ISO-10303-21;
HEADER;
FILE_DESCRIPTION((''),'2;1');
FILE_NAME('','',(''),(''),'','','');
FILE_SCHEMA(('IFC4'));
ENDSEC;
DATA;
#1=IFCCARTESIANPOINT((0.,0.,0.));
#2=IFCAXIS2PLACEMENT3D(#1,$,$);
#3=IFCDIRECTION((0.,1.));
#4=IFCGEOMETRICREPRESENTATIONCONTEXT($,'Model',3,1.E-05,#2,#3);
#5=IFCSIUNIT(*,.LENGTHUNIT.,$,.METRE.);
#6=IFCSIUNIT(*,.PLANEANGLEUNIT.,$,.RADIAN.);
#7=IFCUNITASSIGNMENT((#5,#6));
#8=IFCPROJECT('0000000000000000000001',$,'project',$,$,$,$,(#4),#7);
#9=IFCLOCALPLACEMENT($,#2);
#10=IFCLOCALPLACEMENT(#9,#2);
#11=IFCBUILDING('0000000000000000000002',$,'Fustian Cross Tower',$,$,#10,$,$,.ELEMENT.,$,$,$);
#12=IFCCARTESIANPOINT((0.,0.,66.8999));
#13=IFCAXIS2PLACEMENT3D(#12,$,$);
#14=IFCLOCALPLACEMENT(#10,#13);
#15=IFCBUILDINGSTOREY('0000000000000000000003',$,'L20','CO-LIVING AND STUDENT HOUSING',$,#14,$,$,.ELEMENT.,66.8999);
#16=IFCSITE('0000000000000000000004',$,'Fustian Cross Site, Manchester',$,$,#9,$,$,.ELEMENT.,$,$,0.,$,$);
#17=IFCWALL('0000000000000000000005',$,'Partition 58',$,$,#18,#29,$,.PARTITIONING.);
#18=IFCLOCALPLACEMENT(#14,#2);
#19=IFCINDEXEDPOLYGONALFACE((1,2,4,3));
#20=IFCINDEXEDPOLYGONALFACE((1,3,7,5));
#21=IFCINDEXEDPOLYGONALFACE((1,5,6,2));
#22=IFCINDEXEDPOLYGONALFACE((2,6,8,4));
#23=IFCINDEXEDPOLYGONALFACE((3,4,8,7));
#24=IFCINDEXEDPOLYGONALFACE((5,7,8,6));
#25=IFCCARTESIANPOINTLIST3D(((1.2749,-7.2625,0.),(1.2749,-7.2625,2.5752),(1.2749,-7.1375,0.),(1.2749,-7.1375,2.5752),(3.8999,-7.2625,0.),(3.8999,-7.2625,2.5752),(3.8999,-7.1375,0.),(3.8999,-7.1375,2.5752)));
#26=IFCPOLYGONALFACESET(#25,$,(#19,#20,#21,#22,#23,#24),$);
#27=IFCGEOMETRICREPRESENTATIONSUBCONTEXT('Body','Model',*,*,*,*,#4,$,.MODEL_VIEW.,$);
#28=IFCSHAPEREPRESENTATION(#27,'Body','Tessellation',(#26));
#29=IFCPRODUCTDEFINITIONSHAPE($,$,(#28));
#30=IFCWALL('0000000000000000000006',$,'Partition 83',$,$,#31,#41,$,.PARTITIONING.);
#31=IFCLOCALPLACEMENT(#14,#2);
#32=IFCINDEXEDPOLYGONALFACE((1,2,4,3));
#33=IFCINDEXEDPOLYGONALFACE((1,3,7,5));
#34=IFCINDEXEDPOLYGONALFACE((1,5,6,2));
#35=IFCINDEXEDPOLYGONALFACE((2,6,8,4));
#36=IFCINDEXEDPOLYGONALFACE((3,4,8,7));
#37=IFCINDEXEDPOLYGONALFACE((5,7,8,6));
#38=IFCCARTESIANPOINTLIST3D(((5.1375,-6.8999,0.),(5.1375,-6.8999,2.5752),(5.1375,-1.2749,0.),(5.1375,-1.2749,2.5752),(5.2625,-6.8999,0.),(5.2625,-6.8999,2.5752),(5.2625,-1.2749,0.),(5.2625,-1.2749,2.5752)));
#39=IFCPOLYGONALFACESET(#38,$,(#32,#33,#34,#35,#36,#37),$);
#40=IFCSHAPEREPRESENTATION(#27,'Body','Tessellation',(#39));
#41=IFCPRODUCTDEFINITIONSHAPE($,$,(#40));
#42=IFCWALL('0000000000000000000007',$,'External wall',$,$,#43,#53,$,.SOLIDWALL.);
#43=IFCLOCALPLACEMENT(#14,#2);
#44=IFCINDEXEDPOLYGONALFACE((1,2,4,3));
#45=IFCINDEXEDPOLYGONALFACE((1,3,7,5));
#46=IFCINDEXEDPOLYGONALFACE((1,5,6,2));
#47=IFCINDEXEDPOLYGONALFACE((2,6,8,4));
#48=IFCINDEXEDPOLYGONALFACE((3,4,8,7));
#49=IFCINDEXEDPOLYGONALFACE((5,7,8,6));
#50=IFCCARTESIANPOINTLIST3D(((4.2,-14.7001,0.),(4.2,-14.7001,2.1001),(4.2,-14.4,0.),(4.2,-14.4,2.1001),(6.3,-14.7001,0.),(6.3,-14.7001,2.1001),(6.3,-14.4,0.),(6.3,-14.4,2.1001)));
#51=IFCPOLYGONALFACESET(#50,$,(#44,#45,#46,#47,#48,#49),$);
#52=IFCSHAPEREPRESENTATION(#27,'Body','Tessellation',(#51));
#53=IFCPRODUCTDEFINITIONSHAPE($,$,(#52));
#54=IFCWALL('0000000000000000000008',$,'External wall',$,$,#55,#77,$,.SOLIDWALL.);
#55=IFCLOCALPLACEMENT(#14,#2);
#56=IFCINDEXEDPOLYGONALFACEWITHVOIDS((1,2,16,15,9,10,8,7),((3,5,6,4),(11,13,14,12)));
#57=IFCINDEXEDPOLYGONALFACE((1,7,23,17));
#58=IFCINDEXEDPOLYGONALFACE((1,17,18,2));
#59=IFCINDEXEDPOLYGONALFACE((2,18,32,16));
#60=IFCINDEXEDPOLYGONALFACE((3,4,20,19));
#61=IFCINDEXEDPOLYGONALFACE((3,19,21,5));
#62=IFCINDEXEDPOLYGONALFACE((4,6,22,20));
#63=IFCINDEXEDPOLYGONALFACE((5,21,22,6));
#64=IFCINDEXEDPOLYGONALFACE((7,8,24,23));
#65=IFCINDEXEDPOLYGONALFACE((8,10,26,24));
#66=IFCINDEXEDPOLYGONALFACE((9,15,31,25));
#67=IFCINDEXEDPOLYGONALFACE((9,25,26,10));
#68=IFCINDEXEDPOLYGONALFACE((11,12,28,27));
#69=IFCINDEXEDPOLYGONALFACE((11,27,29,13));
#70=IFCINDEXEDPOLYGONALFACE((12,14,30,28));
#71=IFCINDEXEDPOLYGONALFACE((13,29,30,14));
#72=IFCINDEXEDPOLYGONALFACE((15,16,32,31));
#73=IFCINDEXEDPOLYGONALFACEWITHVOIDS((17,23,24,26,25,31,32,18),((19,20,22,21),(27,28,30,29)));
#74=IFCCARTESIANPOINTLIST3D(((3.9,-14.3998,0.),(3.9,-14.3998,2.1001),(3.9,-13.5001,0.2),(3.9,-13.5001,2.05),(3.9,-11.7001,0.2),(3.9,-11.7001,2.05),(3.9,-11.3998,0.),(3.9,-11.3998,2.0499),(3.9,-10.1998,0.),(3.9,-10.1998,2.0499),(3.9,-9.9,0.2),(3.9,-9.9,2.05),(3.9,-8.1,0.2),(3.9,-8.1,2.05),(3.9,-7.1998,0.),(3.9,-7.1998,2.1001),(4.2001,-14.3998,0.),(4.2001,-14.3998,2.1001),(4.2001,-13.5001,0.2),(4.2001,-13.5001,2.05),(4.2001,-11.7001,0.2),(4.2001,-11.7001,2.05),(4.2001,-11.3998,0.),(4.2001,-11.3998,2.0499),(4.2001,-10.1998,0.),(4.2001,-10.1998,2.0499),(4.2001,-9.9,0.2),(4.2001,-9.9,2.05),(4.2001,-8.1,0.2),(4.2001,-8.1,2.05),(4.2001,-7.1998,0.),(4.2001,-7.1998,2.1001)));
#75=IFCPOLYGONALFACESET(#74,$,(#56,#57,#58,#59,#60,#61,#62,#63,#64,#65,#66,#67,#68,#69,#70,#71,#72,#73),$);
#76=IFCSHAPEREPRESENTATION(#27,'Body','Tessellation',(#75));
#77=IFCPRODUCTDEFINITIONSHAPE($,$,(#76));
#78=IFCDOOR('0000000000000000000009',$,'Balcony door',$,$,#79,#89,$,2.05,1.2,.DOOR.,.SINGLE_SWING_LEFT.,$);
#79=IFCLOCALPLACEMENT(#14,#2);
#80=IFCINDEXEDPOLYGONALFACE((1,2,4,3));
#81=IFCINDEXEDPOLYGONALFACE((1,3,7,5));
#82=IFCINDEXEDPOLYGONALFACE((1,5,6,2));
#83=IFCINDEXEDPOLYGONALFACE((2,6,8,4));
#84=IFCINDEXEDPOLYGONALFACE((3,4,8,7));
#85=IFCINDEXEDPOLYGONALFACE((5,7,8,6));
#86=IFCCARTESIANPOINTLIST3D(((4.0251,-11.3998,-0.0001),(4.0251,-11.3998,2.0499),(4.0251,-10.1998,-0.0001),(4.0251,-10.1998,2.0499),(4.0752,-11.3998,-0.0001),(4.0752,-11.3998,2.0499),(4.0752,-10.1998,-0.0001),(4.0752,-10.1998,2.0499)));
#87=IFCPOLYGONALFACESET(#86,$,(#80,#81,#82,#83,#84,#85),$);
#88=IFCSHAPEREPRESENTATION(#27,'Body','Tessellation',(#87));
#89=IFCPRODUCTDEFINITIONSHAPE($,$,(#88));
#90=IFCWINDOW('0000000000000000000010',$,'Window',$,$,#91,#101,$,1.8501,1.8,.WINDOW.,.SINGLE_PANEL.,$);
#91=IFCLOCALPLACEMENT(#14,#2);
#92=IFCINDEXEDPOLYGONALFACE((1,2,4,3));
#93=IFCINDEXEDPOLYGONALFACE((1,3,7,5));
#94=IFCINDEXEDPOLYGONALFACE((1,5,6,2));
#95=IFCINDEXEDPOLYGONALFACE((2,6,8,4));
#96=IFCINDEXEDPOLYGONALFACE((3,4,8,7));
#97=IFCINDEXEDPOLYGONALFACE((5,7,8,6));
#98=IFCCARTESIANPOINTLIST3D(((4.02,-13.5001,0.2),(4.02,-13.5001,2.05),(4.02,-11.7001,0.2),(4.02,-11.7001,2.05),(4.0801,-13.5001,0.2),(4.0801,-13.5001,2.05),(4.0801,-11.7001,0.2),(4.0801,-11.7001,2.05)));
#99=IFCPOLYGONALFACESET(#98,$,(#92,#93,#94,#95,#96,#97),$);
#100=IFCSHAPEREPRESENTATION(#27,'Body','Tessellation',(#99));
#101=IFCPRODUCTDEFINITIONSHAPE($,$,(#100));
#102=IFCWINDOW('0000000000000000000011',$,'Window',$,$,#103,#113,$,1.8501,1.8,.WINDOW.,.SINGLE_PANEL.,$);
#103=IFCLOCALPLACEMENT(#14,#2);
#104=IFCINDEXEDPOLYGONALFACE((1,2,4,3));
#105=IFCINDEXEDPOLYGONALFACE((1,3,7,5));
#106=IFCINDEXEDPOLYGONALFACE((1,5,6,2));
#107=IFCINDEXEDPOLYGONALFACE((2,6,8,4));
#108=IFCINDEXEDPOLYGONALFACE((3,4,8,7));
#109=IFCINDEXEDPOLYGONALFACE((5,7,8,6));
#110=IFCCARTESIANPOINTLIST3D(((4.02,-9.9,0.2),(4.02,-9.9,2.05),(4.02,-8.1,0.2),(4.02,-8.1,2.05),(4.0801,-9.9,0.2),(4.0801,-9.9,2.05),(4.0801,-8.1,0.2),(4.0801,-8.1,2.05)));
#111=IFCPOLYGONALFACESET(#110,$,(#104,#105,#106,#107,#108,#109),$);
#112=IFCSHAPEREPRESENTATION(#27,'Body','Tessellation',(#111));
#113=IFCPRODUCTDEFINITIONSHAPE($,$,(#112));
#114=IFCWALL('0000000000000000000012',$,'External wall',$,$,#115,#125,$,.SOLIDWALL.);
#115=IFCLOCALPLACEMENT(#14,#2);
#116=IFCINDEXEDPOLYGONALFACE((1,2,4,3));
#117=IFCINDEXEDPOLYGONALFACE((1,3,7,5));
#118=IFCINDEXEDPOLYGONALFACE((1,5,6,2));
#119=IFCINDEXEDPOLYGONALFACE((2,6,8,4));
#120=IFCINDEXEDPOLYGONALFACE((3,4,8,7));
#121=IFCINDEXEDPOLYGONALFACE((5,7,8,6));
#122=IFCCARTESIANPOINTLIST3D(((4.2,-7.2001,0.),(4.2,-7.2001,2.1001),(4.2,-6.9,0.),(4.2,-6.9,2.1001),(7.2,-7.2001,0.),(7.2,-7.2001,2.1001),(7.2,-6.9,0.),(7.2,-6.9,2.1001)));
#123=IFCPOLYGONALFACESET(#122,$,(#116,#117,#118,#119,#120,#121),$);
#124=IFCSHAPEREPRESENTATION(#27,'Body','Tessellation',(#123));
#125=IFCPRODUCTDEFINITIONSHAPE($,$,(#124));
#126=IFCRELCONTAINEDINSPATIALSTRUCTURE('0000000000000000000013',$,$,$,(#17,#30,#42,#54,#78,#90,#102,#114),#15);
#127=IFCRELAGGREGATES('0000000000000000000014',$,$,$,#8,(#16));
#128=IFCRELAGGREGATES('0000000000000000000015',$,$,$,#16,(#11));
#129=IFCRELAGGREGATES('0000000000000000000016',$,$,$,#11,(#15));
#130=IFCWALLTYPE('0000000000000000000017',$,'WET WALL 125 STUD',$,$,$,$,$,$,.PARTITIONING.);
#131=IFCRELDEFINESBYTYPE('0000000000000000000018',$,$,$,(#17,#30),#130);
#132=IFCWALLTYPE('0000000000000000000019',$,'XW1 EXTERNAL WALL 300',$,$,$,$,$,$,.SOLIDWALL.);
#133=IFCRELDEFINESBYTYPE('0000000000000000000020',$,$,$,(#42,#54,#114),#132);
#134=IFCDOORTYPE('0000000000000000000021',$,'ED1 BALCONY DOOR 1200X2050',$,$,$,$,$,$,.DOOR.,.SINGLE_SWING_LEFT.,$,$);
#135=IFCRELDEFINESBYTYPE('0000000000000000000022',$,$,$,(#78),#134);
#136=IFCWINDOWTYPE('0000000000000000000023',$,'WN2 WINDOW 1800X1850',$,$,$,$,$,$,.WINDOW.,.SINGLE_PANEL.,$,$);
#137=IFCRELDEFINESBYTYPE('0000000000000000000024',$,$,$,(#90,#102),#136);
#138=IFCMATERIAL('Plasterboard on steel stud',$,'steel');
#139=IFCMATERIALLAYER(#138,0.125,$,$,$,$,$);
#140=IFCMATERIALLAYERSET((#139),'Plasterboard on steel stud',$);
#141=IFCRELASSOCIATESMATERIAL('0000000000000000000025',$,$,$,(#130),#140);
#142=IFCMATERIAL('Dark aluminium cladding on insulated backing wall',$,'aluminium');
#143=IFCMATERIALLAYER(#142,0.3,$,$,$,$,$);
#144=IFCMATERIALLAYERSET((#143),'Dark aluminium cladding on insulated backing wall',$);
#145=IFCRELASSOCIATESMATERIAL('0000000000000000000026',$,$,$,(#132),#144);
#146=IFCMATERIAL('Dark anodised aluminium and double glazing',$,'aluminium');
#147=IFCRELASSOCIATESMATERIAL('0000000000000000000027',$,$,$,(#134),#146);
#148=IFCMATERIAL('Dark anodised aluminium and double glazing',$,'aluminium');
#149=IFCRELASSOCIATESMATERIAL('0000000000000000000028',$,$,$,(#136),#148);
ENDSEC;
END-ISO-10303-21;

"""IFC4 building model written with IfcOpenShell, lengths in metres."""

from ifc_helpers import new_model, si_unit, direction, frame, frame_2d, origin, place, context, subcontext, project, spatial, rectangle, extrude, material, layer, layer_set, type_object, element, fill, save


model = new_model("IFC4")

# Units and contexts
model_context = context("Model", 3, precision=1e-05, world=origin(), true_north=direction((0.0, 1.0)))
body_context = subcontext(model_context, "Body", "Model", "MODEL_VIEW")
ifc_project = project(units=[si_unit("LENGTHUNIT", "METRE"), si_unit("PLANEANGLEUNIT", "RADIAN")], contexts=[model_context])

# Site, building, storey
site_placement = place(None, origin())
site = spatial("IfcSite", under=ifc_project, at=site_placement, Name="Fustian Cross Site, Manchester", CompositionType="ELEMENT", RefElevation=0.0)
building_placement = place(site_placement, origin())
building = spatial("IfcBuilding", under=site, at=building_placement, Name="Fustian Cross Tower", CompositionType="ELEMENT")
storey_placement = place(building_placement, frame((0.0, 0.0, 66.8999)))
storey = spatial("IfcBuildingStorey", under=building, at=storey_placement, Name="L20", Description="CO-LIVING AND STUDENT HOUSING", CompositionType="ELEMENT", Elevation=66.8999)

# Walls
ifc_material_1 = material(Name="Plasterboard on steel stud", Category="steel")
ifc_layer_1 = layer(ifc_material_1, 0.125)
ifc_layer_set_1 = layer_set([ifc_layer_1], Name="Plasterboard on steel stud")
wall_type_1 = type_object("IfcWallType", Name="WET WALL 125 STUD", PredefinedType="PARTITIONING", material=ifc_layer_set_1)
wall_1_placement = place(storey_placement, frame((1.2749, -7.2, 0.0), z_axis=(0.0, 0.0, 1.0), x_axis=(1.0, 0.0, 0.0)))
element("IfcWall", 1, at=wall_1_placement, inside=storey, type_object=wall_type_1, Name="Partition 58", PredefinedType="PARTITIONING", context=body_context, shape_type="SweptSolid", body=[
    extrude(rectangle(XDim=2.625, YDim=0.125, at=frame_2d((1.3125, 0.0))), origin(), (0.0, 0.0, 1.0), 2.5752),
])
wall_2_placement = place(storey_placement, frame((5.2, -6.8999, 0.0), z_axis=(0.0, 0.0, 1.0), x_axis=(0.0, 1.0, 0.0)))
element("IfcWall", 2, at=wall_2_placement, inside=storey, type_object=wall_type_1, Name="Partition 83", PredefinedType="PARTITIONING", context=body_context, shape_type="SweptSolid", body=[
    extrude(rectangle(XDim=5.625, YDim=0.125, at=frame_2d((2.8125, 0.0))), origin(), (0.0, 0.0, 1.0), 2.5752),
])
ifc_material_2 = material(Name="Dark aluminium cladding on insulated backing wall", Category="aluminium")
ifc_layer_2 = layer(ifc_material_2, 0.3)
ifc_layer_set_2 = layer_set([ifc_layer_2], Name="Dark aluminium cladding on insulated backing wall")
wall_type_2 = type_object("IfcWallType", Name="XW1 EXTERNAL WALL 300", PredefinedType="SOLIDWALL", material=ifc_layer_set_2)
wall_3_placement = place(storey_placement, frame((6.3, -14.55, 0.0), z_axis=(0.0, 0.0, 1.0), x_axis=(-1.0, 0.0, 0.0)))
element("IfcWall", 3, at=wall_3_placement, inside=storey, type_object=wall_type_2, Name="External wall", PredefinedType="SOLIDWALL", context=body_context, shape_type="SweptSolid", body=[
    extrude(rectangle(XDim=2.1001, YDim=0.3, at=frame_2d((1.05, 0.0))), origin(), (0.0, 0.0, 1.0), 2.1001),
])

# Wall, openings, door, windows
wall_4_placement = place(storey_placement, frame((4.05, -14.3999, 0.0), z_axis=(0.0, 0.0, 1.0), x_axis=(0.0, 1.0, 0.0)))
wall_4 = element("IfcWall", 4, at=wall_4_placement, inside=storey, type_object=wall_type_2, Name="External wall", PredefinedType="SOLIDWALL", context=body_context, shape_type="SweptSolid", body=[
    extrude(rectangle(XDim=7.2, YDim=0.3, at=frame_2d((3.6001, 0.0))), origin(), (0.0, 0.0, 1.0), 2.1001),
])
opening_1_placement = place(wall_4_placement, frame((3.0, 0.0, 0.0)))
opening_1 = element("IfcOpeningElement", 5, at=opening_1_placement, cuts=wall_4, PredefinedType="OPENING", context=body_context, shape_type="SweptSolid", body=[
    extrude(rectangle(XDim=1.2, YDim=2.05, at=frame_2d((0.6001, 1.0249))), frame((0.0, 0.1599, 0.0), z_axis=(0.0, -1.0, 0.0), x_axis=(1.0, 0.0, 0.0)), (0.0, 0.0, 1.0), 0.3201),
])
opening_2_placement = place(wall_4_placement, frame((0.8999, 0.0, 0.2)))
opening_2 = element("IfcOpeningElement", 6, at=opening_2_placement, cuts=wall_4, PredefinedType="OPENING", context=body_context, shape_type="SweptSolid", body=[
    extrude(rectangle(XDim=1.8, YDim=1.8501, at=frame_2d((0.8999, 0.925))), frame((0.0, 0.1599, 0.0), z_axis=(0.0, -1.0, 0.0), x_axis=(1.0, 0.0, 0.0)), (0.0, 0.0, 1.0), 0.3201),
])
opening_3_placement = place(wall_4_placement, frame((4.5, 0.0, 0.2)))
opening_3 = element("IfcOpeningElement", 7, at=opening_3_placement, cuts=wall_4, PredefinedType="OPENING", context=body_context, shape_type="SweptSolid", body=[
    extrude(rectangle(XDim=1.8, YDim=1.8501, at=frame_2d((0.8999, 0.925))), frame((0.0, 0.1599, 0.0), z_axis=(0.0, -1.0, 0.0), x_axis=(1.0, 0.0, 0.0)), (0.0, 0.0, 1.0), 0.3201),
])
ifc_material_3 = material(Name="Dark anodised aluminium and double glazing", Category="aluminium")
door_type_1 = type_object("IfcDoorType", Name="ED1 BALCONY DOOR 1200X2050", OperationType="SINGLE_SWING_LEFT", PredefinedType="DOOR", material=ifc_material_3)
door_1_placement = place(opening_1_placement, origin())
door_1 = element("IfcDoor", 8, at=door_1_placement, inside=storey, type_object=door_type_1, Name="Balcony door", OperationType="SINGLE_SWING_LEFT", OverallHeight=2.05, OverallWidth=1.2, PredefinedType="DOOR", context=body_context, shape_type="SweptSolid", body=[
    extrude(rectangle(XDim=1.2, YDim=2.05, at=frame_2d((0.6001, 1.0249))), frame((0.0, 0.0249, 0.0), z_axis=(0.0, -1.0, 0.0), x_axis=(1.0, 0.0, 0.0)), (0.0, 0.0, 1.0), 0.05),
])
fill(opening_1, door_1)
ifc_material_4 = material(Name="Dark anodised aluminium and double glazing", Category="aluminium")
window_type = type_object("IfcWindowType", Name="WN2 WINDOW 1800X1850", PartitioningType="SINGLE_PANEL", PredefinedType="WINDOW", material=ifc_material_4)
window_1_placement = place(opening_2_placement, origin())
window_1 = element("IfcWindow", 9, at=window_1_placement, inside=storey, type_object=window_type, Name="Window", OverallHeight=1.8501, OverallWidth=1.8, PartitioningType="SINGLE_PANEL", PredefinedType="WINDOW", context=body_context, shape_type="SweptSolid", body=[
    extrude(rectangle(XDim=1.8, YDim=1.8501, at=frame_2d((0.8999, 0.925))), frame((0.0, 0.03, 0.0), z_axis=(0.0, -1.0, 0.0), x_axis=(1.0, 0.0, 0.0)), (0.0, 0.0, 1.0), 0.0601),
])
fill(opening_2, window_1)
window_2_placement = place(opening_3_placement, origin())
window_2 = element("IfcWindow", 10, at=window_2_placement, inside=storey, type_object=window_type, Name="Window", OverallHeight=1.8501, OverallWidth=1.8, PartitioningType="SINGLE_PANEL", PredefinedType="WINDOW", context=body_context, shape_type="SweptSolid", body=[
    extrude(rectangle(XDim=1.8, YDim=1.8501, at=frame_2d((0.8999, 0.925))), frame((0.0, 0.03, 0.0), z_axis=(0.0, -1.0, 0.0), x_axis=(1.0, 0.0, 0.0)), (0.0, 0.0, 1.0), 0.0601),
])
fill(opening_3, window_2)

# Wall
wall_5_placement = place(storey_placement, frame((4.2, -7.05, 0.0), z_axis=(0.0, 0.0, 1.0), x_axis=(1.0, 0.0, 0.0)))
element("IfcWall", 11, at=wall_5_placement, inside=storey, type_object=wall_type_2, Name="External wall", PredefinedType="SOLIDWALL", context=body_context, shape_type="SweptSolid", body=[
    extrude(rectangle(XDim=3.0, YDim=0.3, at=frame_2d((1.5, 0.0))), origin(), (0.0, 0.0, 1.0), 2.1001),
])

save(model, "model.ifc")
